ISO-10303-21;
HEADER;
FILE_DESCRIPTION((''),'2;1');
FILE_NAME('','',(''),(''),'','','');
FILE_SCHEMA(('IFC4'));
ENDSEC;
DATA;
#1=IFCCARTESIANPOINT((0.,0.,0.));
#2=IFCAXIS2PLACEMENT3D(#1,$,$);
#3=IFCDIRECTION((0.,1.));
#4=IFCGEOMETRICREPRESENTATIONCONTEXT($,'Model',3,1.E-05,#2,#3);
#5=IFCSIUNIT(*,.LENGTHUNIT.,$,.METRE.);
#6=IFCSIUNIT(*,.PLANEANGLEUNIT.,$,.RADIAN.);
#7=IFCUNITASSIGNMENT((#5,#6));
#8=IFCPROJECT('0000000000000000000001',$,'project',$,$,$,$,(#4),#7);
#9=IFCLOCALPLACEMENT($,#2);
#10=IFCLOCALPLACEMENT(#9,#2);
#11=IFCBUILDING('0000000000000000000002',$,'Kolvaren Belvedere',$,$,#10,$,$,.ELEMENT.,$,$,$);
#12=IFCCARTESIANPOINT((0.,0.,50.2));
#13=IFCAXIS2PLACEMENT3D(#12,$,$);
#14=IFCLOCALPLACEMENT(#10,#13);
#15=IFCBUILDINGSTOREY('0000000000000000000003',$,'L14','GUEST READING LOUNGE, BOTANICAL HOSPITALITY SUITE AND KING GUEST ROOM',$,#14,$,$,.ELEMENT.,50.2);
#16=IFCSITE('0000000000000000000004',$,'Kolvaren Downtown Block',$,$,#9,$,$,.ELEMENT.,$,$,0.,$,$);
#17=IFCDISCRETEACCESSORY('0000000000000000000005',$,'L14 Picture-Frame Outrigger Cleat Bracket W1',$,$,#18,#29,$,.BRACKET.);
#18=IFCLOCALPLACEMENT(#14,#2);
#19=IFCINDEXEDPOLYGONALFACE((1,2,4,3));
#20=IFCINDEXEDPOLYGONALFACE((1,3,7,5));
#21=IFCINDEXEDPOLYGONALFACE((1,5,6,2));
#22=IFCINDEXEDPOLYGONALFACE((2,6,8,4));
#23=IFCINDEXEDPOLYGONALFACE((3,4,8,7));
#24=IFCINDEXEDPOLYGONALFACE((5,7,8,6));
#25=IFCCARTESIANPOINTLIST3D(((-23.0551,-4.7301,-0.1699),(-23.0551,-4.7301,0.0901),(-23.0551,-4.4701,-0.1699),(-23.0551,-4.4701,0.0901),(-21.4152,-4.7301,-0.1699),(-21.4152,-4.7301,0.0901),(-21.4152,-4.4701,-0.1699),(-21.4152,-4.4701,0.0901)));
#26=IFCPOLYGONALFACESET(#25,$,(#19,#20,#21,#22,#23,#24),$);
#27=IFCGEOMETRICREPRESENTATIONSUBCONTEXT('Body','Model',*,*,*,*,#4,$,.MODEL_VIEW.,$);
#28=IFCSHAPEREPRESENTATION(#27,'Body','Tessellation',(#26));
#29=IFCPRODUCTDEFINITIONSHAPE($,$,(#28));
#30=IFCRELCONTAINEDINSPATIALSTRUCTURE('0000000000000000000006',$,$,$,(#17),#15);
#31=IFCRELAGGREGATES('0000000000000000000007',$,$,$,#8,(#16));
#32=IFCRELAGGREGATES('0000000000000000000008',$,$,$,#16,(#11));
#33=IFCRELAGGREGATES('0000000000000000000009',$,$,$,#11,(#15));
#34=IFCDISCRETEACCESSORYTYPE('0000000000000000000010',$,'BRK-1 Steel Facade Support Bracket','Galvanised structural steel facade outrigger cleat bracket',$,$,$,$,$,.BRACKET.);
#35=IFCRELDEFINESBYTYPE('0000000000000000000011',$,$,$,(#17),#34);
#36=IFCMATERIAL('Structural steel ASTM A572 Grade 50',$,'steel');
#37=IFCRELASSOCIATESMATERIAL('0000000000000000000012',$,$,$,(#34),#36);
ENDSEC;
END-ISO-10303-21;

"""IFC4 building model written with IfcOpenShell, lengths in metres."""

from ifc_helpers import new_model, si_unit, direction, frame, origin, origin_2d, place, context, subcontext, project, spatial, rectangle, extrude, material, type_object, element, save


model = new_model("IFC4")

# Units and contexts
model_context = context("Model", 3, precision=1e-05, world=origin(), true_north=direction((0.0, 1.0)))
body_context = subcontext(model_context, "Body", "Model", "MODEL_VIEW")
ifc_project = project(units=[si_unit("LENGTHUNIT", "METRE"), si_unit("PLANEANGLEUNIT", "RADIAN")], contexts=[model_context])

# Site, building, storey
site_placement = place(None, origin())
site = spatial("IfcSite", under=ifc_project, at=site_placement, Name="Kolvaren Downtown Block", CompositionType="ELEMENT", RefElevation=0.0)
building_placement = place(site_placement, origin())
building = spatial("IfcBuilding", under=site, at=building_placement, Name="Kolvaren Belvedere", CompositionType="ELEMENT")
storey_placement = place(building_placement, frame((0.0, 0.0, 50.2)))
storey = spatial("IfcBuildingStorey", under=building, at=storey_placement, Name="L14", Description="GUEST READING LOUNGE, BOTANICAL HOSPITALITY SUITE AND KING GUEST ROOM", CompositionType="ELEMENT", Elevation=50.2)

# Discrete accessory
ifc_material_1 = material(Name="Structural steel ASTM A572 Grade 50", Category="steel")
discrete_accessory_type = type_object("IfcDiscreteAccessoryType", Name="BRK-1 Steel Facade Support Bracket", Description="Galvanised structural steel facade outrigger cleat bracket", PredefinedType="BRACKET", material=ifc_material_1)
discrete_accessory_placement = place(storey_placement, frame((-22.2351, -4.6001, -0.1699), z_axis=(0.0, 0.0, 1.0), x_axis=(1.0, 0.0, 0.0)))
element("IfcDiscreteAccessory", 1, at=discrete_accessory_placement, inside=storey, type_object=discrete_accessory_type, Name="L14 Picture-Frame Outrigger Cleat Bracket W1", PredefinedType="BRACKET", context=body_context, shape_type="SweptSolid", body=[
    extrude(rectangle(XDim=1.6399, YDim=0.26, at=origin_2d()), origin(), (0.0, 0.0, 1.0), 0.26),
])

save(model, "model.ifc")
